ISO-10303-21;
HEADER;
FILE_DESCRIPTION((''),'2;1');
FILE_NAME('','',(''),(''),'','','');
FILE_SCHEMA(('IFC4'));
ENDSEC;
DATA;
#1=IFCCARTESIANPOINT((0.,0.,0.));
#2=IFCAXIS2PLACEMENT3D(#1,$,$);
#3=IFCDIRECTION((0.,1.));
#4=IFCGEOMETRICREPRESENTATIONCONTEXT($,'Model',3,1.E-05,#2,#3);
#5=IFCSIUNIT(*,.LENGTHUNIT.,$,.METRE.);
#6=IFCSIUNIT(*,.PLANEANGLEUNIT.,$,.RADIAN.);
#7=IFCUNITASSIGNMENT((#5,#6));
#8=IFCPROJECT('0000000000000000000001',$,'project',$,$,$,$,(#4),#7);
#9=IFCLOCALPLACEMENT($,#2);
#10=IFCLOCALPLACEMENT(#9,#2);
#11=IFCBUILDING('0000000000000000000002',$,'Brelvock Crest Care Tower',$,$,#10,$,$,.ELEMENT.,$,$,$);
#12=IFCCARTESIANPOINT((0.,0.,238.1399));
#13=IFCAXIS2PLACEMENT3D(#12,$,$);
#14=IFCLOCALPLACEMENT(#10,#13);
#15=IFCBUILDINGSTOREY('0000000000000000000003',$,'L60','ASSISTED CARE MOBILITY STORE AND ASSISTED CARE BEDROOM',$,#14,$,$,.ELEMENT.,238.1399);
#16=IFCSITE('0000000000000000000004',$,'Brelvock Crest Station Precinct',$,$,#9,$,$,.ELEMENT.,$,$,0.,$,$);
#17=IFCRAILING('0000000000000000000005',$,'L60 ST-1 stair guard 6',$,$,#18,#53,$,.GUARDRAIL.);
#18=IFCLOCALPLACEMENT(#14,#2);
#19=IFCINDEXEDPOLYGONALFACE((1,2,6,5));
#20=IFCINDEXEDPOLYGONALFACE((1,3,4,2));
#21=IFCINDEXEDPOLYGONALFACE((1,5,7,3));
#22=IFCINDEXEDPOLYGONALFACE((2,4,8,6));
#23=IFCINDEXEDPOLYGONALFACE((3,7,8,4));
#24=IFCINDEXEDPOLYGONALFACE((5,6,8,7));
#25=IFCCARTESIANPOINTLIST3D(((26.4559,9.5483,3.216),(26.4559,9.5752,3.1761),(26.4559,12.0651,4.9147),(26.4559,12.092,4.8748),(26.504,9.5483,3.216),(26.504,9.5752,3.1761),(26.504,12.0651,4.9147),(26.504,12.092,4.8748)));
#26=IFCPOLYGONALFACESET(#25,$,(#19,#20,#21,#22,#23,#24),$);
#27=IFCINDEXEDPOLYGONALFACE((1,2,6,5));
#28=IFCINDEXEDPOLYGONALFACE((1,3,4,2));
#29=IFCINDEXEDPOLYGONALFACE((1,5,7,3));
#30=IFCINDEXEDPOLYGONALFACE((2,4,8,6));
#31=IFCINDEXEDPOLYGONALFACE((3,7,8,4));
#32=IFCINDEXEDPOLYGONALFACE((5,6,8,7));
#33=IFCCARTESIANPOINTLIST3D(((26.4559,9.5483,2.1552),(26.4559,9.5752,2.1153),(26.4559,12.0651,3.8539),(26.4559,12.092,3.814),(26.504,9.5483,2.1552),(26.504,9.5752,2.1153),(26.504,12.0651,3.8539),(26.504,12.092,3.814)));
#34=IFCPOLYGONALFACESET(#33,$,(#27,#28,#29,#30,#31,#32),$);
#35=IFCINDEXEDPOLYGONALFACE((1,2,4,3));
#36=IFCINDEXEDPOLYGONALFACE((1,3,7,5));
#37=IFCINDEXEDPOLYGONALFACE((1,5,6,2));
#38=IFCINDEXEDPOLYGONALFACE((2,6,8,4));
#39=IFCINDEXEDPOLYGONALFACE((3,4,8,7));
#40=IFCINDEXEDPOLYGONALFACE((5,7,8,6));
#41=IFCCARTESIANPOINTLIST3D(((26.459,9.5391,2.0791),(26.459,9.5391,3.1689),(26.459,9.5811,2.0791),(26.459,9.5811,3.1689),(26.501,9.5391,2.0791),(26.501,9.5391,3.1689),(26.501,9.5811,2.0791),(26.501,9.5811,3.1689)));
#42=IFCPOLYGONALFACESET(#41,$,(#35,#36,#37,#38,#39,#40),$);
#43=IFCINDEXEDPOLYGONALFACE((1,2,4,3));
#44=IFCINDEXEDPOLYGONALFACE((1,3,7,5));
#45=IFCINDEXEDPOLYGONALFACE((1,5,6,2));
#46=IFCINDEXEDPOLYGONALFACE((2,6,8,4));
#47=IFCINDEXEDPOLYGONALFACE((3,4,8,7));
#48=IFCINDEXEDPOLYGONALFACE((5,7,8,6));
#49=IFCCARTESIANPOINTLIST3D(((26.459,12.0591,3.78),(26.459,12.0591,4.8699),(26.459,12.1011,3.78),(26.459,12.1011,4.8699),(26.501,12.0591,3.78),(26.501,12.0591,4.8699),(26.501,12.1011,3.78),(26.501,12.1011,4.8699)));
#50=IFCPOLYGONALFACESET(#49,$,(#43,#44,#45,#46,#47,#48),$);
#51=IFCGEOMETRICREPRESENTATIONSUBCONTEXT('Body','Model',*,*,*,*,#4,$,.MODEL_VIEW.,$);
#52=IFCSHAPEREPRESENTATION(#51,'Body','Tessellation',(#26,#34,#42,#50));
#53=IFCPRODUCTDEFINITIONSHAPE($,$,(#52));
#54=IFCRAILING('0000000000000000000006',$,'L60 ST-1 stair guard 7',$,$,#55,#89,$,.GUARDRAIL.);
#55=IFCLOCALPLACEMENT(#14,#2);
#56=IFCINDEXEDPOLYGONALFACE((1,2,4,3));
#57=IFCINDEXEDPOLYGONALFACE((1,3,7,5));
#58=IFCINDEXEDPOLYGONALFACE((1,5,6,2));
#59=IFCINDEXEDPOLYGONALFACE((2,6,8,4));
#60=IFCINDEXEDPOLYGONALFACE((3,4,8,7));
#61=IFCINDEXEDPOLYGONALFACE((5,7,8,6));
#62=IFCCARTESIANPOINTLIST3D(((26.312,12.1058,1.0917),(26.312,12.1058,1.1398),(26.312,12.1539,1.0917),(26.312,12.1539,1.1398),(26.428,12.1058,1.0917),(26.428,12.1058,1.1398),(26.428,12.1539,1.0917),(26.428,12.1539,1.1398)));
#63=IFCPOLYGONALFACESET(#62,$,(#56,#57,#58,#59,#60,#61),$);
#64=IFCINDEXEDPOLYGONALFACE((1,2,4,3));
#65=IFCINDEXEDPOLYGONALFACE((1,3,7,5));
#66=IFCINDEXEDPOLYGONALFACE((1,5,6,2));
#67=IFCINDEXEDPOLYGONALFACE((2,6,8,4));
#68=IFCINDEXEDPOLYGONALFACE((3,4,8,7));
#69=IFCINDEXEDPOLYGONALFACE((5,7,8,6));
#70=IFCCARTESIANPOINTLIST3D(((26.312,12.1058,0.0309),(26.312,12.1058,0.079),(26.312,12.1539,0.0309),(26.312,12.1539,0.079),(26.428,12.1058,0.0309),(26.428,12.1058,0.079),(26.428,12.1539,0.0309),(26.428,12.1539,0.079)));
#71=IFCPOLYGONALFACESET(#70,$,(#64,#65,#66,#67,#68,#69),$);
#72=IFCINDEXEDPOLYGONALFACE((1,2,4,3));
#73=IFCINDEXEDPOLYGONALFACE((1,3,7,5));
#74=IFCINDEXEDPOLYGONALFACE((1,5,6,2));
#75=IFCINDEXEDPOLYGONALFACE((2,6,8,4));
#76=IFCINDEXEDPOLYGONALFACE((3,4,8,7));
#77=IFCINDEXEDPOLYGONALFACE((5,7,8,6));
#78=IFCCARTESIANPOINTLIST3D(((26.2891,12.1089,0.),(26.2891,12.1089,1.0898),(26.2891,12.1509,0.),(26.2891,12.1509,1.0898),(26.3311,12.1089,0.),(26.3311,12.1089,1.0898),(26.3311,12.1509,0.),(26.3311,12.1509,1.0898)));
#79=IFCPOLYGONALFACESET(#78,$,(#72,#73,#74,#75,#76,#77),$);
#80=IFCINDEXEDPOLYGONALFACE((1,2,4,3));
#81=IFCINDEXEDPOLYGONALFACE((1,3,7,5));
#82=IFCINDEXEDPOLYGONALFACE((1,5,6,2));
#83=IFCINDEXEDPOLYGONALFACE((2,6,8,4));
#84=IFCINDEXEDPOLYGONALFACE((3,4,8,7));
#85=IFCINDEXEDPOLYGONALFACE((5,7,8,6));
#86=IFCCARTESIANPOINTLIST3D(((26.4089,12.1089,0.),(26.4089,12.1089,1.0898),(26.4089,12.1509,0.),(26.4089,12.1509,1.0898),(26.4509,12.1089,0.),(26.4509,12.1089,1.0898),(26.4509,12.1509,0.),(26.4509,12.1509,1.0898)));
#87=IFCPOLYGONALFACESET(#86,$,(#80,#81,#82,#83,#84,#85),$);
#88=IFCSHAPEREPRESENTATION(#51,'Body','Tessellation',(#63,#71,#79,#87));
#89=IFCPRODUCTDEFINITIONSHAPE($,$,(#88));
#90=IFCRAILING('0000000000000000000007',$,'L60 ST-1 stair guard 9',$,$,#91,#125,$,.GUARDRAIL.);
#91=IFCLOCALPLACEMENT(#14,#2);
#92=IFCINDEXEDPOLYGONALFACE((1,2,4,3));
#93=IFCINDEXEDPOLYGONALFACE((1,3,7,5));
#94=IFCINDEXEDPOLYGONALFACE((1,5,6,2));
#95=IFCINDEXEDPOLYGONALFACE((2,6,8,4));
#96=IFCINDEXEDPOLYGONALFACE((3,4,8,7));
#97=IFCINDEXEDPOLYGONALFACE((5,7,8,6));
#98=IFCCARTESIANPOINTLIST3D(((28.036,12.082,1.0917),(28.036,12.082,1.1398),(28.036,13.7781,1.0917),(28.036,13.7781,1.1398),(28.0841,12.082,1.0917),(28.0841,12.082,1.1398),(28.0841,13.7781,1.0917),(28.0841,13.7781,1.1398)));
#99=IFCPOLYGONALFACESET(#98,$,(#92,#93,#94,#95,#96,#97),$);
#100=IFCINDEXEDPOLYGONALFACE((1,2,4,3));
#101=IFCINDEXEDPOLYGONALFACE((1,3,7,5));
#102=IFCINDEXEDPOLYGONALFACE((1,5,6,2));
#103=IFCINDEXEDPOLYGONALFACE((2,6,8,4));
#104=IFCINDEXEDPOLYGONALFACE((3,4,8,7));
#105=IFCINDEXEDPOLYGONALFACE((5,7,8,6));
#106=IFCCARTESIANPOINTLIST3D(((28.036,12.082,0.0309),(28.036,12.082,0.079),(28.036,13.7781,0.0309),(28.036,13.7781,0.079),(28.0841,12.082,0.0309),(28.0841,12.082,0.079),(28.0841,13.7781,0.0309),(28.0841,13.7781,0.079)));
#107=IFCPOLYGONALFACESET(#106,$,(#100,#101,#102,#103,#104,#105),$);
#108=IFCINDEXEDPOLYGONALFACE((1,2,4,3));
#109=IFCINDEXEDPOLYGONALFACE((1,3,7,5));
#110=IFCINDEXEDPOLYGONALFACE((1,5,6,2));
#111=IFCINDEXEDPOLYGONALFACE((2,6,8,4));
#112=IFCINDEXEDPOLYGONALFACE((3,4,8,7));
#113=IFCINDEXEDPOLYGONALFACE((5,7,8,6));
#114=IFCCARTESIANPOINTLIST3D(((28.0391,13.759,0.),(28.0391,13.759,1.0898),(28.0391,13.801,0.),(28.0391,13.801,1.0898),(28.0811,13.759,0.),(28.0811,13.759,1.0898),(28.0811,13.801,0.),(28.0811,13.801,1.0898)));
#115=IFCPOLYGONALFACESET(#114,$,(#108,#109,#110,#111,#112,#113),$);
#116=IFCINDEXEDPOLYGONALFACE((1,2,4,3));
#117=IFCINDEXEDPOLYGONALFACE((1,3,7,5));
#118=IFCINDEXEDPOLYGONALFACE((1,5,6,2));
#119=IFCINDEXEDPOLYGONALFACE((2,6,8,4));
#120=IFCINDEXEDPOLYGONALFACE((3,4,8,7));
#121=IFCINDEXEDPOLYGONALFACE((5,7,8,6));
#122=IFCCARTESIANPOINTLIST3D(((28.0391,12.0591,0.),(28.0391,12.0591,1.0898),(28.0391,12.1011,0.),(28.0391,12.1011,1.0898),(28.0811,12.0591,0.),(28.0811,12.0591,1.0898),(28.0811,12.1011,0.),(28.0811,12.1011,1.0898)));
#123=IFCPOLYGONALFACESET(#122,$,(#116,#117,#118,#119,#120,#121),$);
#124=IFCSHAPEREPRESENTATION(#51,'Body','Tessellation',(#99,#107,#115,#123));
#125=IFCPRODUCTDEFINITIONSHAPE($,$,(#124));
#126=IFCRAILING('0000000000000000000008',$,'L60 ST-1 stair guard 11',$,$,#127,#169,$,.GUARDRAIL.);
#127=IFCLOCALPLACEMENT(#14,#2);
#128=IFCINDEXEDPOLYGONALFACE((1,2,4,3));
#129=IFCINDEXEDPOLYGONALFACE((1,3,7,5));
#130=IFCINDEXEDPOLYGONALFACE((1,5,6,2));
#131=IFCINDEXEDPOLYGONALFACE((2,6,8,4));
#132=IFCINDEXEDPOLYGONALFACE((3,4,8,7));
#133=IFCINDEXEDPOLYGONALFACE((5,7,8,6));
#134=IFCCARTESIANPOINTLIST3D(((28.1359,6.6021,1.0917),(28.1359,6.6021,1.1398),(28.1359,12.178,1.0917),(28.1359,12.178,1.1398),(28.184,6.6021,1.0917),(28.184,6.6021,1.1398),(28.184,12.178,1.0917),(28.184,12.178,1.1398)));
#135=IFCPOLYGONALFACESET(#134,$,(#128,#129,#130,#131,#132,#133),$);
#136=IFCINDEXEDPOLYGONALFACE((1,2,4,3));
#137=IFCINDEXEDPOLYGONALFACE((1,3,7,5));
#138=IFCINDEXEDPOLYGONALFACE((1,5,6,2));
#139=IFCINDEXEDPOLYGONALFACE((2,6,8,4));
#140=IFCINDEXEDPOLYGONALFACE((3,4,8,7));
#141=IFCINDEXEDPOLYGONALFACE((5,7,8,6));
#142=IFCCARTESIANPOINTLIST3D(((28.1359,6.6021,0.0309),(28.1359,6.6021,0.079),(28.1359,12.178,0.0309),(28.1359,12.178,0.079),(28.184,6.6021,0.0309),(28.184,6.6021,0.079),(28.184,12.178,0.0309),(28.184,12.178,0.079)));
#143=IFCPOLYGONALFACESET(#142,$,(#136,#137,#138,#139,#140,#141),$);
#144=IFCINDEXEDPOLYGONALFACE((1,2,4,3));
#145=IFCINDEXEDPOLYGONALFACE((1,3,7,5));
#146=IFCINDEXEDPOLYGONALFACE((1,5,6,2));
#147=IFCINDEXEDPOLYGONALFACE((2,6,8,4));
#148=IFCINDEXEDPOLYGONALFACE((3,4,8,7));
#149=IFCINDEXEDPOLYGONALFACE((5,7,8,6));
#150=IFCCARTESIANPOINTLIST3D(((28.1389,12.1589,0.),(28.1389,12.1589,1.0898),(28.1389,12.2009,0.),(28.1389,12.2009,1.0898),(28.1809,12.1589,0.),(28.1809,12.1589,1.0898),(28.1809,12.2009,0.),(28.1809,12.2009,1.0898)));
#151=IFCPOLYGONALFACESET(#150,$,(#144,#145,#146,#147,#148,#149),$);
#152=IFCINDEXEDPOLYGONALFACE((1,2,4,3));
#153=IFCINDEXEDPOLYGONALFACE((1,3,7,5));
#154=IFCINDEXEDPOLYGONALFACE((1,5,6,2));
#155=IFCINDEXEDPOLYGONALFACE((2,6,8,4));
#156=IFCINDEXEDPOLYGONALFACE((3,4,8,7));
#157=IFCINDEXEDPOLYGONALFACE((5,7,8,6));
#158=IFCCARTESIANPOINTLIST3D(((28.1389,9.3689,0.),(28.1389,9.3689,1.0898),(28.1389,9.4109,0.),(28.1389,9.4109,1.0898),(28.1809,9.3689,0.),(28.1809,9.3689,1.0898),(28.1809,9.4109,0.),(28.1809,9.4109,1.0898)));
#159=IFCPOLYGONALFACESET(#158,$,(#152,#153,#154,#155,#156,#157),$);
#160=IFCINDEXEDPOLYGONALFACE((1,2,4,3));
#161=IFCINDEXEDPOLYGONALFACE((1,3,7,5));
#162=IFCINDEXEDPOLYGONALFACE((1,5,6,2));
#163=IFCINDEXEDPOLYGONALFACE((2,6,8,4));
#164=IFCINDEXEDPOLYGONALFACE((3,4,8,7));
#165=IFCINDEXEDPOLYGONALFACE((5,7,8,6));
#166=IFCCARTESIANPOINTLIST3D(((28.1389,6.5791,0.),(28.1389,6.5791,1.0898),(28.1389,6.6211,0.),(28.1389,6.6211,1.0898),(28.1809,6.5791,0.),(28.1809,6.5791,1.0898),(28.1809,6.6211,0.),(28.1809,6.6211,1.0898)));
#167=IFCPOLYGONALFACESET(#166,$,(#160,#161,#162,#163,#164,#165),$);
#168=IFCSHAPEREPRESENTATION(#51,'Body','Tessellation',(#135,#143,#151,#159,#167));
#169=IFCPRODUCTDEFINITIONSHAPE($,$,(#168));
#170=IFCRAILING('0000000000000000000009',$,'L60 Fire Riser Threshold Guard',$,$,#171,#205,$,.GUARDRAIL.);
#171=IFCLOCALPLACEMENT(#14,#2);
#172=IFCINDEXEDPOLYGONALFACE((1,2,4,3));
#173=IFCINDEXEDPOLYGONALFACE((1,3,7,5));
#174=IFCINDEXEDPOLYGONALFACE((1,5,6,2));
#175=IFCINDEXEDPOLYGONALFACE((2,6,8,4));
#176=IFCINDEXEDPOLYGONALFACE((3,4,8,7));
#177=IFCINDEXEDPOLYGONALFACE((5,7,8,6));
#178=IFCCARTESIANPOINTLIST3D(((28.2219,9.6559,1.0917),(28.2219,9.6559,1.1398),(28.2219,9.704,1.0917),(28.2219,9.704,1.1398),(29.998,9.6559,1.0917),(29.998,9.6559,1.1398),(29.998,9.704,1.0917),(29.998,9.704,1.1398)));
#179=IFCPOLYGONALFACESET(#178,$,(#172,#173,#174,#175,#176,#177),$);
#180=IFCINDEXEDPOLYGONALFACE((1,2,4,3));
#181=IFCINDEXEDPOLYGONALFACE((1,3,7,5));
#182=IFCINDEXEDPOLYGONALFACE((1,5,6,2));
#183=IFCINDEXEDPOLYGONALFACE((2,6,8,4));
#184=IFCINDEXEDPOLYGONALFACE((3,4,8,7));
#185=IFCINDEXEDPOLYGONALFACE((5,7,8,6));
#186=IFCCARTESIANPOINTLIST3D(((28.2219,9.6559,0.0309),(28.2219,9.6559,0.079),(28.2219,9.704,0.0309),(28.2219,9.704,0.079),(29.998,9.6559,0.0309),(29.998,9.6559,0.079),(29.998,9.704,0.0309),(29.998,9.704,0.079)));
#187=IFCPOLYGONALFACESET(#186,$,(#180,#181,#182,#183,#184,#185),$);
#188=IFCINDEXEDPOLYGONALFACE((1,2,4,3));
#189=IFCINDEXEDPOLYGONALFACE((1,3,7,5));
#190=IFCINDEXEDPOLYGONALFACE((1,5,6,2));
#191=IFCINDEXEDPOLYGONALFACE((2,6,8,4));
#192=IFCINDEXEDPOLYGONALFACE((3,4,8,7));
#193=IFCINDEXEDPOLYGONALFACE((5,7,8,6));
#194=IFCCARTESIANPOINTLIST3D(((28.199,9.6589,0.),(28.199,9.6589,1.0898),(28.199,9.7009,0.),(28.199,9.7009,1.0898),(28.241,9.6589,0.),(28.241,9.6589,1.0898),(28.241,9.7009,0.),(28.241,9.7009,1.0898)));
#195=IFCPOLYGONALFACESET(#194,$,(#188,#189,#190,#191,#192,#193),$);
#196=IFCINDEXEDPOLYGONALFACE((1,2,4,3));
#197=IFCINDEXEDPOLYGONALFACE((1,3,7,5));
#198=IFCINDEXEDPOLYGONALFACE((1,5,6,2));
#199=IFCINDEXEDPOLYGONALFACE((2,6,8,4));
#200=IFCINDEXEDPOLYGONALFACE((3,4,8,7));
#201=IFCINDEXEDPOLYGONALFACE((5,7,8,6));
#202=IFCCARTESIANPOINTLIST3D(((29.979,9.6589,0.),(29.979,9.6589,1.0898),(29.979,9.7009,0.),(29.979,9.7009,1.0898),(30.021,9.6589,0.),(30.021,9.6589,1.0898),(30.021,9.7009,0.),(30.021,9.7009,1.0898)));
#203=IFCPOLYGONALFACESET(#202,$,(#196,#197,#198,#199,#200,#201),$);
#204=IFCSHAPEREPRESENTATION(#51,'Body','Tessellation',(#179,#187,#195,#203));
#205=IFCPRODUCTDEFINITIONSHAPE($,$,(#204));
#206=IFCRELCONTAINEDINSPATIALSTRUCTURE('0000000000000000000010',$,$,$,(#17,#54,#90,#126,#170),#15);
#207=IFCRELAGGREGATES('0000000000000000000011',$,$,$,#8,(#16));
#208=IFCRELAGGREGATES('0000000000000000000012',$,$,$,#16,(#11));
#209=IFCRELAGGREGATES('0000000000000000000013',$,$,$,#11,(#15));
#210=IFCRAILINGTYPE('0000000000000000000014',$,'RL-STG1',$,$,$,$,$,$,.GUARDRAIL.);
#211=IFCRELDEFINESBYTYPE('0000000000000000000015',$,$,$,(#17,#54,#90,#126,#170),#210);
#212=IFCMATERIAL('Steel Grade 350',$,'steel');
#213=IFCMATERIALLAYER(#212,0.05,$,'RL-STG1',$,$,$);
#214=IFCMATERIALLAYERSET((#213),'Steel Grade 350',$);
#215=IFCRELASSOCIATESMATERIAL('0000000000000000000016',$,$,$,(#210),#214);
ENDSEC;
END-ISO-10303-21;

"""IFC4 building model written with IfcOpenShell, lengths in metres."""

from ifc_helpers import new_model, si_unit, direction, frame, origin, origin_2d, place, context, subcontext, project, spatial, rectangle, extrude, material, layer, layer_set, type_object, element, save


model = new_model("IFC4")

# Units and contexts
model_context = context("Model", 3, precision=1e-05, world=origin(), true_north=direction((0.0, 1.0)))
body_context = subcontext(model_context, "Body", "Model", "MODEL_VIEW")
ifc_project = project(units=[si_unit("LENGTHUNIT", "METRE"), si_unit("PLANEANGLEUNIT", "RADIAN")], contexts=[model_context])

# Site, building, storey
site_placement = place(None, origin())
site = spatial("IfcSite", under=ifc_project, at=site_placement, Name="Brelvock Crest Station Precinct", CompositionType="ELEMENT", RefElevation=0.0)
building_placement = place(site_placement, origin())
building = spatial("IfcBuilding", under=site, at=building_placement, Name="Brelvock Crest Care Tower", CompositionType="ELEMENT")
storey_placement = place(building_placement, frame((0.0, 0.0, 238.1399)))
storey = spatial("IfcBuildingStorey", under=building, at=storey_placement, Name="L60", Description="ASSISTED CARE MOBILITY STORE AND ASSISTED CARE BEDROOM", CompositionType="ELEMENT", Elevation=238.1399)

# Shared definitions
ifc_material_1 = material(Name="Steel Grade 350", Category="steel")

# Railings
ifc_layer_1 = layer(ifc_material_1, 0.05, Name="RL-STG1")
ifc_layer_set_1 = layer_set([ifc_layer_1], Name="Steel Grade 350")
railing_type_1 = type_object("IfcRailingType", Name="RL-STG1", PredefinedType="GUARDRAIL", material=ifc_layer_set_1)
railing_1_placement = place(storey_placement, frame((26.48, 9.5601, 2.0791)))
element("IfcRailing", 1, at=railing_1_placement, inside=storey, type_object=railing_type_1, Name="L60 ST-1 stair guard 6", PredefinedType="GUARDRAIL", context=body_context, shape_type="SweptSolid", body=[
    extrude(rectangle(XDim=0.0481, YDim=0.0481, at=origin_2d()), frame((0.0, 0.0017, 1.1169), z_axis=(0.0, 0.828862, 0.559454), x_axis=(-1.0, 0.0, 0.0)), (0.0, 0.0, 1.0), 3.0364),
    extrude(rectangle(XDim=0.0481, YDim=0.0481, at=origin_2d()), frame((0.0, 0.0017, 0.0562), z_axis=(0.0, 0.828862, 0.559454), x_axis=(-1.0, 0.0, 0.0)), (0.0, 0.0, 1.0), 3.0364),
    extrude(rectangle(XDim=0.042, YDim=0.042, at=origin_2d()), origin(), (0.0, 0.0, 1.0), 1.0898),
    extrude(rectangle(XDim=0.042, YDim=0.042, at=origin_2d()), frame((0.0, 2.52, 1.7009)), (0.0, 0.0, 1.0), 1.0898),
])
railing_2_placement = place(storey_placement, frame((26.3101, 12.1299, 0.0)))
element("IfcRailing", 2, at=railing_2_placement, inside=storey, type_object=railing_type_1, Name="L60 ST-1 stair guard 7", PredefinedType="GUARDRAIL", context=body_context, shape_type="SweptSolid", body=[
    extrude(rectangle(XDim=0.0481, YDim=0.0481, at=origin_2d()), frame((0.002, 0.0, 1.1157), z_axis=(1.0, 0.0, 0.0), x_axis=(0.0, 1.0, 0.0)), (0.0, 0.0, 1.0), 0.116),
    extrude(rectangle(XDim=0.0481, YDim=0.0481, at=origin_2d()), frame((0.002, 0.0, 0.0549), z_axis=(1.0, 0.0, 0.0), x_axis=(0.0, 1.0, 0.0)), (0.0, 0.0, 1.0), 0.116),
    extrude(rectangle(XDim=0.042, YDim=0.042, at=origin_2d()), origin(), (0.0, 0.0, 1.0), 1.0898),
    extrude(rectangle(XDim=0.042, YDim=0.042, at=origin_2d()), frame((0.1199, 0.0, 0.0)), (0.0, 0.0, 1.0), 1.0898),
])
railing_3_placement = place(storey_placement, frame((28.0601, 13.78, 0.0)))
element("IfcRailing", 3, at=railing_3_placement, inside=storey, type_object=railing_type_1, Name="L60 ST-1 stair guard 9", PredefinedType="GUARDRAIL", context=body_context, shape_type="SweptSolid", body=[
    extrude(rectangle(XDim=0.0481, YDim=0.0481, at=origin_2d()), frame((0.0, -0.002, 1.1157), z_axis=(0.0, -1.0, 0.0), x_axis=(1.0, 0.0, 0.0)), (0.0, 0.0, 1.0), 1.696),
    extrude(rectangle(XDim=0.0481, YDim=0.0481, at=origin_2d()), frame((0.0, -0.002, 0.0549), z_axis=(0.0, -1.0, 0.0), x_axis=(1.0, 0.0, 0.0)), (0.0, 0.0, 1.0), 1.696),
    extrude(rectangle(XDim=0.042, YDim=0.042, at=origin_2d()), origin(), (0.0, 0.0, 1.0), 1.0898),
    extrude(rectangle(XDim=0.042, YDim=0.042, at=origin_2d()), frame((0.0, -1.7, 0.0)), (0.0, 0.0, 1.0), 1.0898),
])
railing_4_placement = place(storey_placement, frame((28.1599, 12.1799, 0.0)))
element("IfcRailing", 4, at=railing_4_placement, inside=storey, type_object=railing_type_1, Name="L60 ST-1 stair guard 11", PredefinedType="GUARDRAIL", context=body_context, shape_type="SweptSolid", body=[
    extrude(rectangle(XDim=0.0481, YDim=0.0481, at=origin_2d()), frame((0.0, -0.002, 1.1157), z_axis=(0.0, -1.0, 0.0), x_axis=(1.0, 0.0, 0.0)), (0.0, 0.0, 1.0), 5.5759),
    extrude(rectangle(XDim=0.0481, YDim=0.0481, at=origin_2d()), frame((0.0, -0.002, 0.0549), z_axis=(0.0, -1.0, 0.0), x_axis=(1.0, 0.0, 0.0)), (0.0, 0.0, 1.0), 5.5759),
    extrude(rectangle(XDim=0.042, YDim=0.042, at=origin_2d()), origin(), (0.0, 0.0, 1.0), 1.0898),
    extrude(rectangle(XDim=0.042, YDim=0.042, at=origin_2d()), frame((0.0, -2.79, 0.0)), (0.0, 0.0, 1.0), 1.0898),
    extrude(rectangle(XDim=0.042, YDim=0.042, at=origin_2d()), frame((0.0, -5.5798, 0.0)), (0.0, 0.0, 1.0), 1.0898),
])
railing_5_placement = place(storey_placement, frame((28.22, 9.6799, 0.0)))
element("IfcRailing", 5, at=railing_5_placement, inside=storey, type_object=railing_type_1, Name="L60 Fire Riser Threshold Guard", PredefinedType="GUARDRAIL", context=body_context, shape_type="SweptSolid", body=[
    extrude(rectangle(XDim=0.0481, YDim=0.0481, at=origin_2d()), frame((0.002, 0.0, 1.1157), z_axis=(1.0, 0.0, 0.0), x_axis=(0.0, 1.0, 0.0)), (0.0, 0.0, 1.0), 1.7761),
    extrude(rectangle(XDim=0.0481, YDim=0.0481, at=origin_2d()), frame((0.002, 0.0, 0.0549), z_axis=(1.0, 0.0, 0.0), x_axis=(0.0, 1.0, 0.0)), (0.0, 0.0, 1.0), 1.7761),
    extrude(rectangle(XDim=0.042, YDim=0.042, at=origin_2d()), origin(), (0.0, 0.0, 1.0), 1.0898),
    extrude(rectangle(XDim=0.042, YDim=0.042, at=origin_2d()), frame((1.78, 0.0, 0.0)), (0.0, 0.0, 1.0), 1.0898),
])

save(model, "model.ifc")
